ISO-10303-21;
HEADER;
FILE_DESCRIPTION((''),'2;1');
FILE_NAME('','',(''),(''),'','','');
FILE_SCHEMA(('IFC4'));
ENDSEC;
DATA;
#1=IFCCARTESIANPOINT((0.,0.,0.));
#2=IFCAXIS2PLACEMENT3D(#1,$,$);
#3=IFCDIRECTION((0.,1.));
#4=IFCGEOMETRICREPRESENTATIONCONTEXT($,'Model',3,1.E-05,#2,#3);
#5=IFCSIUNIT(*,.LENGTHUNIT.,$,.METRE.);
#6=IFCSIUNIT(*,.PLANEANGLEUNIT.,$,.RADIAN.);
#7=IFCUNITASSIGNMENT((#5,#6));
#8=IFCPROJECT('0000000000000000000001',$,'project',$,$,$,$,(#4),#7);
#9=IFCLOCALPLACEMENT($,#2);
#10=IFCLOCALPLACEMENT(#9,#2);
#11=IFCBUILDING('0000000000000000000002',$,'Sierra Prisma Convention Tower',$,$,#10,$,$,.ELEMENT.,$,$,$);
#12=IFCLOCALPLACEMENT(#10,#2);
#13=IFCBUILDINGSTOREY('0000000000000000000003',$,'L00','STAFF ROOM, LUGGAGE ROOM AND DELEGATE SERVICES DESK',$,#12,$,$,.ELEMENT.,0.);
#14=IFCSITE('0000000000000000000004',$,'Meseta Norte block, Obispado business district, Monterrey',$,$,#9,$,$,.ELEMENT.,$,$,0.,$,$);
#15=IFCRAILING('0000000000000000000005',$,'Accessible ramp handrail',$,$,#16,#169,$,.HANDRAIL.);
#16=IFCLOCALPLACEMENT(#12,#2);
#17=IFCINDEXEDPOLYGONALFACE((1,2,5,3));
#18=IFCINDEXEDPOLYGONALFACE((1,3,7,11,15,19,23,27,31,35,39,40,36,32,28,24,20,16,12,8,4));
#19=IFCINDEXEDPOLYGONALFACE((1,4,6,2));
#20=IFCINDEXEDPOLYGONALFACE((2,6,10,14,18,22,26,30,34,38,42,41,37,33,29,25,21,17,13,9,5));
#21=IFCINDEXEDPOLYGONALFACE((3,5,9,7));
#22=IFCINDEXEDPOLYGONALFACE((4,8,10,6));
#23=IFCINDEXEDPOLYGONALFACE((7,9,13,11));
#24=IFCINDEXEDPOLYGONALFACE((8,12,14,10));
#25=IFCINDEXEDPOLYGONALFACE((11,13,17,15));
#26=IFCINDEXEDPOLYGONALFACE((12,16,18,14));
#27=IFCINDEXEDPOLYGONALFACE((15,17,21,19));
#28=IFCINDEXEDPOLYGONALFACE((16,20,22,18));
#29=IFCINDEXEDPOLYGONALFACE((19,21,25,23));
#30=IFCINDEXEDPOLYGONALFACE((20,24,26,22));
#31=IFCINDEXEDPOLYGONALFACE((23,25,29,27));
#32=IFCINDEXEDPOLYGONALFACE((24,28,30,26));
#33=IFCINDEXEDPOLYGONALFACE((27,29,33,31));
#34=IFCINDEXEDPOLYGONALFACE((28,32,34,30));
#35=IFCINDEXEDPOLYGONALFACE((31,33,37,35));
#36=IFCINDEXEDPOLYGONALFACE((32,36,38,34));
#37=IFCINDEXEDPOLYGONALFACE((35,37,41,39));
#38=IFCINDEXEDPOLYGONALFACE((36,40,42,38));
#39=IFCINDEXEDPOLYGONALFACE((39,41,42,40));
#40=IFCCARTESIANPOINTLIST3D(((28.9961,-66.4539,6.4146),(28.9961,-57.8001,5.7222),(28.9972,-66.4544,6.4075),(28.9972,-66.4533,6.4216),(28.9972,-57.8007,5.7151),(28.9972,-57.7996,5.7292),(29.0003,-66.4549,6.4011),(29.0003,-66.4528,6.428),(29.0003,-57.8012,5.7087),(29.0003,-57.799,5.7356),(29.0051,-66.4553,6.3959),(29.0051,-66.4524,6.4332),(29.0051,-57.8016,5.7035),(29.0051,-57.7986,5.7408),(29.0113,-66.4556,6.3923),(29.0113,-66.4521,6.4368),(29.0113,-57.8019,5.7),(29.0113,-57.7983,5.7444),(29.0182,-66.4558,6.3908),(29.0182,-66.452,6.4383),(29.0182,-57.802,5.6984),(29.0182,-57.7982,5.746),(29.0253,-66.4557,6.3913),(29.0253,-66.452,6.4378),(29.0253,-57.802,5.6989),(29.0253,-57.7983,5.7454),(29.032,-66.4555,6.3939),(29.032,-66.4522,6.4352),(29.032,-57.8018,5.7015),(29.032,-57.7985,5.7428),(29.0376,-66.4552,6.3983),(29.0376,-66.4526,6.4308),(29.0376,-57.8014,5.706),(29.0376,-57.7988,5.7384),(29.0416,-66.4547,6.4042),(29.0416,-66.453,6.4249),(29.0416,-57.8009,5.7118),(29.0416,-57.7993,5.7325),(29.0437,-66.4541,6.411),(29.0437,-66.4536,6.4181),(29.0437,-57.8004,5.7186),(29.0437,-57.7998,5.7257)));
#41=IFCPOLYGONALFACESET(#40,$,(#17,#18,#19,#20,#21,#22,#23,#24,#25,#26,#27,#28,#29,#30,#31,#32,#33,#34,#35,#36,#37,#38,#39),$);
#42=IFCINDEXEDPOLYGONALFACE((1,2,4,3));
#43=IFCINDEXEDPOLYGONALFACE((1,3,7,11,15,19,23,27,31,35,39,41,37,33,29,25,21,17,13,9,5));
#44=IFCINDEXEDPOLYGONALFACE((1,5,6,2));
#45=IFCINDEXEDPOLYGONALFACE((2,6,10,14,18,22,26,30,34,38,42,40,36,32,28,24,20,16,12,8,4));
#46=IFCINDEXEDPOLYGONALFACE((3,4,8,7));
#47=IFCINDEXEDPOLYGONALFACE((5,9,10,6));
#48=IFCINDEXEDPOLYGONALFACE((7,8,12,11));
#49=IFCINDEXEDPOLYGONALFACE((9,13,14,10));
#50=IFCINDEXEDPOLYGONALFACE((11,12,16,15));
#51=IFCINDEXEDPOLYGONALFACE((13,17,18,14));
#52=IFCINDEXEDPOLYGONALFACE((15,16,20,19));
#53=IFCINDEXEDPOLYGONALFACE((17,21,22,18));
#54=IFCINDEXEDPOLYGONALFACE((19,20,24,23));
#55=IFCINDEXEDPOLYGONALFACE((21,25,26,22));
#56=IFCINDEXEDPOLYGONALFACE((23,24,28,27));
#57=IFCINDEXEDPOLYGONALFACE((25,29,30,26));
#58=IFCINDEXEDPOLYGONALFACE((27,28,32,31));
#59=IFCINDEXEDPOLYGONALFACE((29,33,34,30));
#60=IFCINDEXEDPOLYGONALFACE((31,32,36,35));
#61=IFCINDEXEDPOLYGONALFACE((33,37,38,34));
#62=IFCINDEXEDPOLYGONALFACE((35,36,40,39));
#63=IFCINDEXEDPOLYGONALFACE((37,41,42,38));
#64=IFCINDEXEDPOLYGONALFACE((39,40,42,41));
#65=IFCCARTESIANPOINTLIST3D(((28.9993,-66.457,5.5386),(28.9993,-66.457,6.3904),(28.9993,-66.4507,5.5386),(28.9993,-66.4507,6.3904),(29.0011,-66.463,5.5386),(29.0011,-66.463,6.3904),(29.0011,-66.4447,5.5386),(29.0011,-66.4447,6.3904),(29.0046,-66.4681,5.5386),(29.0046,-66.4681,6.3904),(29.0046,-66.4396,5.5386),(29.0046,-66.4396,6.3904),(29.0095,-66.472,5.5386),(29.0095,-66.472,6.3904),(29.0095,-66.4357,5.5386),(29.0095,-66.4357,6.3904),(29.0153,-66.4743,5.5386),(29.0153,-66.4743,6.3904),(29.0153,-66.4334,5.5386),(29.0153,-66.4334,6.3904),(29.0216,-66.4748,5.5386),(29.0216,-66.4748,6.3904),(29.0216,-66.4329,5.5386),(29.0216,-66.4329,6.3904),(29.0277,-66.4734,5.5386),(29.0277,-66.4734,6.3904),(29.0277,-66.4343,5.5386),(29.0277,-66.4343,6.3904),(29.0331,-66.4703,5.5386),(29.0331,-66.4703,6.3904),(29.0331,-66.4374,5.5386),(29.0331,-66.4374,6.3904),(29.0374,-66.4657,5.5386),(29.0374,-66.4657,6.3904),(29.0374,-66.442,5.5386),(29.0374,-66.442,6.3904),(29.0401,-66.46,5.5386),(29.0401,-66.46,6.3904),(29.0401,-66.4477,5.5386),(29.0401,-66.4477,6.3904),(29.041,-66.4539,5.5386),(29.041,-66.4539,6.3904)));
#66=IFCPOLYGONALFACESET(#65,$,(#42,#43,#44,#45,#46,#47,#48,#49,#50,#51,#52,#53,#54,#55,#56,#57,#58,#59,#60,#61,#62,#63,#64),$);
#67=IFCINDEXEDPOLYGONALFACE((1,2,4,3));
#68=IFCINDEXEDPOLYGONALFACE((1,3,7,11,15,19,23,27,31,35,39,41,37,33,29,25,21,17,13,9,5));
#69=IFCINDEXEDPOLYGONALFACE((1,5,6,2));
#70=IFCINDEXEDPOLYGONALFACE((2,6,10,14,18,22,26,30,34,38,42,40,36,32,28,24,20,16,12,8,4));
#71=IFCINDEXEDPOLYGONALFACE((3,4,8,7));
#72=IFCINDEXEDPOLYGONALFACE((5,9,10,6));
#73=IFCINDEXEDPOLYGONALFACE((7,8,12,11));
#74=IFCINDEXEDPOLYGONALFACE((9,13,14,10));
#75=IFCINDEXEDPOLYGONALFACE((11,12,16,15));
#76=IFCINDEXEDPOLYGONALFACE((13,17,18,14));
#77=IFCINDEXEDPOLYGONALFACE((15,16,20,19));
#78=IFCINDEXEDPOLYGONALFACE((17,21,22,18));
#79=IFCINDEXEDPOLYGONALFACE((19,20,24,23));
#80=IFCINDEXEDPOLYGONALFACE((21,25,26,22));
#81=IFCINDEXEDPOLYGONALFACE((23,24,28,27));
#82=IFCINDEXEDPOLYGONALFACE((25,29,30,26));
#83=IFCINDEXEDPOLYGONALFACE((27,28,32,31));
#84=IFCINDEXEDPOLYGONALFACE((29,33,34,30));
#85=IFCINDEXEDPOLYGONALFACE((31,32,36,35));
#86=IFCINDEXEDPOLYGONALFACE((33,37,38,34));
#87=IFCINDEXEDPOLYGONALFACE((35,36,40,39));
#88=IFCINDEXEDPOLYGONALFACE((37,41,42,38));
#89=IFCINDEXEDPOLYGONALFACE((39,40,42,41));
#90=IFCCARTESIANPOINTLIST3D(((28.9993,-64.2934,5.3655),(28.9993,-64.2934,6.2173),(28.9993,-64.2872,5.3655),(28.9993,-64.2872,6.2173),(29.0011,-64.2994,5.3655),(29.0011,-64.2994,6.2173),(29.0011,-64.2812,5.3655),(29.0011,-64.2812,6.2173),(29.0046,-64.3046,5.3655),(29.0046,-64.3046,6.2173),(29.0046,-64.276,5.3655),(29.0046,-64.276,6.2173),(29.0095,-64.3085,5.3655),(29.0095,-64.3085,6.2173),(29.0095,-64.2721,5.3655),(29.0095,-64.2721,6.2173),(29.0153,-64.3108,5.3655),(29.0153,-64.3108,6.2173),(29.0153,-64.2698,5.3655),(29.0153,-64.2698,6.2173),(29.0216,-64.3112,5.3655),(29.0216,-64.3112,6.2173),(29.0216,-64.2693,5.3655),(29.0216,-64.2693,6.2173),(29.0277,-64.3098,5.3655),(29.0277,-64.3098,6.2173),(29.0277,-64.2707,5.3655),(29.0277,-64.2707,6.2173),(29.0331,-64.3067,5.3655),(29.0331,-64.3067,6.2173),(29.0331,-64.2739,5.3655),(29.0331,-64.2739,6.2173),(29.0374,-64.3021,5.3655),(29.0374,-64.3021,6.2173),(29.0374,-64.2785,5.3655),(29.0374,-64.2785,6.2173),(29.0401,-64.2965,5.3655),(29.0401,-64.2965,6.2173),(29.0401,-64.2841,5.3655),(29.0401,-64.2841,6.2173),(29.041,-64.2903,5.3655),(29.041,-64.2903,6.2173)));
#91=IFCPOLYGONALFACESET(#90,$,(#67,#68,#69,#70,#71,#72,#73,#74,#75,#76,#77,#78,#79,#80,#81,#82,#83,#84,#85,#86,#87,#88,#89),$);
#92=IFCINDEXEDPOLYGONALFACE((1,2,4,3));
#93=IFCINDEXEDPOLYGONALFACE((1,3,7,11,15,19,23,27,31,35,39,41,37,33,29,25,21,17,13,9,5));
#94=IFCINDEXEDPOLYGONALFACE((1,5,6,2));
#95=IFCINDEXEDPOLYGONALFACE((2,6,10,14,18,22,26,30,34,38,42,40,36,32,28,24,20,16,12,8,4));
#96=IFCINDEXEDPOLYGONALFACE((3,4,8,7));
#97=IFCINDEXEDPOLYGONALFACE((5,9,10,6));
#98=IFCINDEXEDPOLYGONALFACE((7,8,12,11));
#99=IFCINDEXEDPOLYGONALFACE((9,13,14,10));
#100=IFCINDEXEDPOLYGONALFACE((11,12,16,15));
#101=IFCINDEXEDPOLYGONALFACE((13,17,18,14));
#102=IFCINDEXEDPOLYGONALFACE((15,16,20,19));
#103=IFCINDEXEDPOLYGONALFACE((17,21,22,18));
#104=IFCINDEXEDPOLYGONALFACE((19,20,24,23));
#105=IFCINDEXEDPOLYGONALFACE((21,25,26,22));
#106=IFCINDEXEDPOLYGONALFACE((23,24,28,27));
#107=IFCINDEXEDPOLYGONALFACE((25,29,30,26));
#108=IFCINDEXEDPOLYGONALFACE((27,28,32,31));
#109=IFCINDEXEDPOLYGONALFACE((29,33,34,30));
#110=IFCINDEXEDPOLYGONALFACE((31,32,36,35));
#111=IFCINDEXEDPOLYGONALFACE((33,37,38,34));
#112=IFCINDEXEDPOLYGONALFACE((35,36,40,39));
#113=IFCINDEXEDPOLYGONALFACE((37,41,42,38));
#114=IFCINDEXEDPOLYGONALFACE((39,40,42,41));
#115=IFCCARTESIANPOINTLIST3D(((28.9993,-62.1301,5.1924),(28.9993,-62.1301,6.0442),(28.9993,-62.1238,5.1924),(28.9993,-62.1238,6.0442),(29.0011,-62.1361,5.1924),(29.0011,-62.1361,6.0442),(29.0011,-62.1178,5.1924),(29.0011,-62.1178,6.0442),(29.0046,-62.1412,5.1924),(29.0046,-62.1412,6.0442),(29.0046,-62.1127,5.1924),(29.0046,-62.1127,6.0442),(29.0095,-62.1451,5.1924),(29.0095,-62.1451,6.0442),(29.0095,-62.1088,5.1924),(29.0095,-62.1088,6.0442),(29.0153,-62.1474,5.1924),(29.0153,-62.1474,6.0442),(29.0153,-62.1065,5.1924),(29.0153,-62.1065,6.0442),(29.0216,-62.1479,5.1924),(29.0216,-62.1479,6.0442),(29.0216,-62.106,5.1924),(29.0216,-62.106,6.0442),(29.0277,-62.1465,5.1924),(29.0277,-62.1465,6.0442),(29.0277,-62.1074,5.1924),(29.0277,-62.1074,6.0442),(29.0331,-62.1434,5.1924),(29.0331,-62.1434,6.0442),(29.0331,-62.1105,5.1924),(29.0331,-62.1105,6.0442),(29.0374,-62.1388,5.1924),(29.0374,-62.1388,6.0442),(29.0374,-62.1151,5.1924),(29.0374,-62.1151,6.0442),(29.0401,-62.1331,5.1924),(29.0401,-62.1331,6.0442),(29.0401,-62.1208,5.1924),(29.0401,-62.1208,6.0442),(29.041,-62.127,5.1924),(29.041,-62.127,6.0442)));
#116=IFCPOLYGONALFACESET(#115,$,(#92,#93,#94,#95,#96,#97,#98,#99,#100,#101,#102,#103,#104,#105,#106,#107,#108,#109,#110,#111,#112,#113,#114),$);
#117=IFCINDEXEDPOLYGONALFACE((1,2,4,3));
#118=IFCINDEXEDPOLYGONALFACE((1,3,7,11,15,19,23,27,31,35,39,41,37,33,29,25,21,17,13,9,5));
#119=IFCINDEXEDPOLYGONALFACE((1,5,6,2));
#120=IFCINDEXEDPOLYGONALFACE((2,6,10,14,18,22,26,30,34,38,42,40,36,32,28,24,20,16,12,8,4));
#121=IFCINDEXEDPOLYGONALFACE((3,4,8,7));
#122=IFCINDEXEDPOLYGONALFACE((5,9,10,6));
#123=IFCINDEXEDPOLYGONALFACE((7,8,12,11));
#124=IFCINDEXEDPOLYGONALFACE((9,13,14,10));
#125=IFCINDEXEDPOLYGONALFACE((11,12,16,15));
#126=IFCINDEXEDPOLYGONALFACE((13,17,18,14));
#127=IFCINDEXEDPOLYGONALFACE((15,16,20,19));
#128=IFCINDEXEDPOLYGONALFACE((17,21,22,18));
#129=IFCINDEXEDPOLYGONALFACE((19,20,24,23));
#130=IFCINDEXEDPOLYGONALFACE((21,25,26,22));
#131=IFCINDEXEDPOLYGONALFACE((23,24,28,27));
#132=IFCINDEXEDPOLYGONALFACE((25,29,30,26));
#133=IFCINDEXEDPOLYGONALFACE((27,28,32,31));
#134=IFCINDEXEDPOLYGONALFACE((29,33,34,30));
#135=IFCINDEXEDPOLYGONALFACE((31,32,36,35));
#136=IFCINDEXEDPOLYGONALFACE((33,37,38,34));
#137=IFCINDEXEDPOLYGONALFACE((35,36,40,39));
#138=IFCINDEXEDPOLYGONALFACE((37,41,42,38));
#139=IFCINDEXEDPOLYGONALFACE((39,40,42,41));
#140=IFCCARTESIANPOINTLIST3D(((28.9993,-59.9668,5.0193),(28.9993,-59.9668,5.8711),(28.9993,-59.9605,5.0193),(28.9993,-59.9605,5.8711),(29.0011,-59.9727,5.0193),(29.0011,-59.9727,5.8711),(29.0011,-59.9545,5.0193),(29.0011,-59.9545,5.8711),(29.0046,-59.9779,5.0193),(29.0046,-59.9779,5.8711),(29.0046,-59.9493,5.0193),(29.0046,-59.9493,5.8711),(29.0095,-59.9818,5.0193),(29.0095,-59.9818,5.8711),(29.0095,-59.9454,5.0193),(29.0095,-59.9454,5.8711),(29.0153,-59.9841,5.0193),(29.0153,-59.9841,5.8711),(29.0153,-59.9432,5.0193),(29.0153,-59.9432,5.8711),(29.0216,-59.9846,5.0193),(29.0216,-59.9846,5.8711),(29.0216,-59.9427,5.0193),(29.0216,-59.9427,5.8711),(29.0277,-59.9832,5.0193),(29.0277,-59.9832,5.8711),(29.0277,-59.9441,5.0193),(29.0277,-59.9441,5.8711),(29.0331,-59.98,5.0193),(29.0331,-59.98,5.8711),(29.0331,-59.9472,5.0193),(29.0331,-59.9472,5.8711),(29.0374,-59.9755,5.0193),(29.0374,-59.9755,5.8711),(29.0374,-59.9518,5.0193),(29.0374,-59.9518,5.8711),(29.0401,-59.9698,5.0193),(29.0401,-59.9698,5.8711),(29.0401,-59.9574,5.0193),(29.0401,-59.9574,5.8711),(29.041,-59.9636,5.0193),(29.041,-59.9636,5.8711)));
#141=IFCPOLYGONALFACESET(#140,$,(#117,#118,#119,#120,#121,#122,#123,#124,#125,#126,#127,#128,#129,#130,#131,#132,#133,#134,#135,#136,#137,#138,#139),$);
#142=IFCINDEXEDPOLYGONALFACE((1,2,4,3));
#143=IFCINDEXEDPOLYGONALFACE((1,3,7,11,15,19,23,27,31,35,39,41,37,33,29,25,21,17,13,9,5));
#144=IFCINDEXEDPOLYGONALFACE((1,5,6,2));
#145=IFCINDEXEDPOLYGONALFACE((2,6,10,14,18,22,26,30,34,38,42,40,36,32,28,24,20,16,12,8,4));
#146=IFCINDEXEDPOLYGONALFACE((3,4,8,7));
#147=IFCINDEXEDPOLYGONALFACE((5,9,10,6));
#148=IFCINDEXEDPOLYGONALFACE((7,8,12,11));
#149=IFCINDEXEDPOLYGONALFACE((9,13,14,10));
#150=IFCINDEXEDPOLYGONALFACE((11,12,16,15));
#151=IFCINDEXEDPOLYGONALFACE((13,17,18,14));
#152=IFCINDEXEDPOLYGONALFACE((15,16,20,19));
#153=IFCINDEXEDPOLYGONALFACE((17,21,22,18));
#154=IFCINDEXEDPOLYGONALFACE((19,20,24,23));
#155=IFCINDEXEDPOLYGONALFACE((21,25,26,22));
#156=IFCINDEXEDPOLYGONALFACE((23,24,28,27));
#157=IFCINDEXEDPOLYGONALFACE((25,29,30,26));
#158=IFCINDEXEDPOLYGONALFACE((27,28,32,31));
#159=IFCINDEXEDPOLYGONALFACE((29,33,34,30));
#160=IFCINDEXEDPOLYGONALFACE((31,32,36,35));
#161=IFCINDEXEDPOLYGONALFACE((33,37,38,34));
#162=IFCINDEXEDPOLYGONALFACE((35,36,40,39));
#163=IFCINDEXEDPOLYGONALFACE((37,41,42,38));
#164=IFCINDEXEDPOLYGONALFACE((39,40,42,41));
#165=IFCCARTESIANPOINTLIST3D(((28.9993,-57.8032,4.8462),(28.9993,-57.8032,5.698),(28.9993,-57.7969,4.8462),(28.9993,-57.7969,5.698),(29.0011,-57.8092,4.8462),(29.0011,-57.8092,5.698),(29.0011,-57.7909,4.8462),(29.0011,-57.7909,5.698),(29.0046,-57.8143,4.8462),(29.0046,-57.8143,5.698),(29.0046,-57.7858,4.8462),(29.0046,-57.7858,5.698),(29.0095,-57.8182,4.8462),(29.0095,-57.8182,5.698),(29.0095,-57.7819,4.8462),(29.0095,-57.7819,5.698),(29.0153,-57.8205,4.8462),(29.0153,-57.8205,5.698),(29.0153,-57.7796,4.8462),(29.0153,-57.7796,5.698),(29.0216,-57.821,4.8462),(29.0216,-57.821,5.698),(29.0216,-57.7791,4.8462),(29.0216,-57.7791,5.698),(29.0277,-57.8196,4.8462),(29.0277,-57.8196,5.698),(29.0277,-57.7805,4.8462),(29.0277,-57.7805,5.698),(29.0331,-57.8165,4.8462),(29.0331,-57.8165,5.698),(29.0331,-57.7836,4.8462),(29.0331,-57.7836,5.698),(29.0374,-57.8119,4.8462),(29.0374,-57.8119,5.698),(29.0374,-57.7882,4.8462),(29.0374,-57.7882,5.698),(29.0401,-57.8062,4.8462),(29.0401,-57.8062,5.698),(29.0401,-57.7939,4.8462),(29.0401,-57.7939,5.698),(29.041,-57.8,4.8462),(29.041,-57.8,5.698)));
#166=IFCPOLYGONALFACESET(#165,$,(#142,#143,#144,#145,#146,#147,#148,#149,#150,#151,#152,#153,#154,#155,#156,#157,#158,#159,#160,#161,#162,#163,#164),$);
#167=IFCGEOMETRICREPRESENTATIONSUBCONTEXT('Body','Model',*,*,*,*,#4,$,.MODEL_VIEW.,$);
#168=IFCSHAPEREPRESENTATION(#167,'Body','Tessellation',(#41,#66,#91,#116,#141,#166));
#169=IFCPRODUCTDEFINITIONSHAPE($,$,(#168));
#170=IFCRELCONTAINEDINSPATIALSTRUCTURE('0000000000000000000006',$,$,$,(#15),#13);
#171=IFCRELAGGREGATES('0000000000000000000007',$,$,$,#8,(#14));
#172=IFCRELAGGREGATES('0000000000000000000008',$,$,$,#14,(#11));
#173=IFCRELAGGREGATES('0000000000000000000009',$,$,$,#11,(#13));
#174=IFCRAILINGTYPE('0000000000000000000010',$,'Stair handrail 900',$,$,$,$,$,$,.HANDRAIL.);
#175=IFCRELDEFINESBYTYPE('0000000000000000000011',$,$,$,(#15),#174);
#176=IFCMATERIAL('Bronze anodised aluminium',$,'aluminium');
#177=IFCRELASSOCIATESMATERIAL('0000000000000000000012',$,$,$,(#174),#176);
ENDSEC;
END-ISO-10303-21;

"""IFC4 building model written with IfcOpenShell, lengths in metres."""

from ifc_helpers import new_model, si_unit, direction, frame, origin, origin_2d, place, context, subcontext, project, spatial, circle, extrude, material, type_object, element, save


model = new_model("IFC4")

# Units and contexts
model_context = context("Model", 3, precision=1e-05, world=origin(), true_north=direction((0.0, 1.0)))
body_context = subcontext(model_context, "Body", "Model", "MODEL_VIEW")
ifc_project = project(units=[si_unit("LENGTHUNIT", "METRE"), si_unit("PLANEANGLEUNIT", "RADIAN")], contexts=[model_context])

# Site, building, storey
site_placement = place(None, origin())
site = spatial("IfcSite", under=ifc_project, at=site_placement, Name="Meseta Norte block, Obispado business district, Monterrey", CompositionType="ELEMENT", RefElevation=0.0)
building_placement = place(site_placement, origin())
building = spatial("IfcBuilding", under=site, at=building_placement, Name="Sierra Prisma Convention Tower", CompositionType="ELEMENT")
storey_placement = place(building_placement, origin())
storey = spatial("IfcBuildingStorey", under=building, at=storey_placement, Name="L00", Description="STAFF ROOM, LUGGAGE ROOM AND DELEGATE SERVICES DESK", CompositionType="ELEMENT", Elevation=0.0)

# Railing
ifc_material_1 = material(Name="Bronze anodised aluminium", Category="aluminium")
railing_type_1 = type_object("IfcRailingType", Name="Stair handrail 900", PredefinedType="HANDRAIL", material=ifc_material_1)
for number, where, name in (
    (1, (29.02, -66.4539, 5.5386), "Accessible ramp handrail"),
):
    element("IfcRailing", number, at=place(storey_placement, frame(where)), inside=storey, type_object=railing_type_1, Name=name, PredefinedType="HANDRAIL", context=body_context, shape_type="SweptSolid", body=[
        extrude(circle(Radius=0.0239, at=origin_2d()), frame((0.0, 0.0, 0.876), z_axis=(0.0, 0.996815, -0.079754), x_axis=(-1.0, 0.0, 0.0)), (0.0, 0.0, 1.0), 8.6814),
        extrude(circle(Radius=0.021, at=origin_2d()), origin(), (0.0, 0.0, 1.0), 0.8518),
        extrude(circle(Radius=0.021, at=origin_2d()), frame((0.0, 2.1636, -0.1731)), (0.0, 0.0, 1.0), 0.8518),
        extrude(circle(Radius=0.021, at=origin_2d()), frame((0.0, 4.3269, -0.3462)), (0.0, 0.0, 1.0), 0.8518),
        extrude(circle(Radius=0.021, at=origin_2d()), frame((0.0, 6.4902, -0.5193)), (0.0, 0.0, 1.0), 0.8518),
        extrude(circle(Radius=0.021, at=origin_2d()), frame((0.0, 8.6538, -0.6924)), (0.0, 0.0, 1.0), 0.8518),
    ])

save(model, "model.ifc")
